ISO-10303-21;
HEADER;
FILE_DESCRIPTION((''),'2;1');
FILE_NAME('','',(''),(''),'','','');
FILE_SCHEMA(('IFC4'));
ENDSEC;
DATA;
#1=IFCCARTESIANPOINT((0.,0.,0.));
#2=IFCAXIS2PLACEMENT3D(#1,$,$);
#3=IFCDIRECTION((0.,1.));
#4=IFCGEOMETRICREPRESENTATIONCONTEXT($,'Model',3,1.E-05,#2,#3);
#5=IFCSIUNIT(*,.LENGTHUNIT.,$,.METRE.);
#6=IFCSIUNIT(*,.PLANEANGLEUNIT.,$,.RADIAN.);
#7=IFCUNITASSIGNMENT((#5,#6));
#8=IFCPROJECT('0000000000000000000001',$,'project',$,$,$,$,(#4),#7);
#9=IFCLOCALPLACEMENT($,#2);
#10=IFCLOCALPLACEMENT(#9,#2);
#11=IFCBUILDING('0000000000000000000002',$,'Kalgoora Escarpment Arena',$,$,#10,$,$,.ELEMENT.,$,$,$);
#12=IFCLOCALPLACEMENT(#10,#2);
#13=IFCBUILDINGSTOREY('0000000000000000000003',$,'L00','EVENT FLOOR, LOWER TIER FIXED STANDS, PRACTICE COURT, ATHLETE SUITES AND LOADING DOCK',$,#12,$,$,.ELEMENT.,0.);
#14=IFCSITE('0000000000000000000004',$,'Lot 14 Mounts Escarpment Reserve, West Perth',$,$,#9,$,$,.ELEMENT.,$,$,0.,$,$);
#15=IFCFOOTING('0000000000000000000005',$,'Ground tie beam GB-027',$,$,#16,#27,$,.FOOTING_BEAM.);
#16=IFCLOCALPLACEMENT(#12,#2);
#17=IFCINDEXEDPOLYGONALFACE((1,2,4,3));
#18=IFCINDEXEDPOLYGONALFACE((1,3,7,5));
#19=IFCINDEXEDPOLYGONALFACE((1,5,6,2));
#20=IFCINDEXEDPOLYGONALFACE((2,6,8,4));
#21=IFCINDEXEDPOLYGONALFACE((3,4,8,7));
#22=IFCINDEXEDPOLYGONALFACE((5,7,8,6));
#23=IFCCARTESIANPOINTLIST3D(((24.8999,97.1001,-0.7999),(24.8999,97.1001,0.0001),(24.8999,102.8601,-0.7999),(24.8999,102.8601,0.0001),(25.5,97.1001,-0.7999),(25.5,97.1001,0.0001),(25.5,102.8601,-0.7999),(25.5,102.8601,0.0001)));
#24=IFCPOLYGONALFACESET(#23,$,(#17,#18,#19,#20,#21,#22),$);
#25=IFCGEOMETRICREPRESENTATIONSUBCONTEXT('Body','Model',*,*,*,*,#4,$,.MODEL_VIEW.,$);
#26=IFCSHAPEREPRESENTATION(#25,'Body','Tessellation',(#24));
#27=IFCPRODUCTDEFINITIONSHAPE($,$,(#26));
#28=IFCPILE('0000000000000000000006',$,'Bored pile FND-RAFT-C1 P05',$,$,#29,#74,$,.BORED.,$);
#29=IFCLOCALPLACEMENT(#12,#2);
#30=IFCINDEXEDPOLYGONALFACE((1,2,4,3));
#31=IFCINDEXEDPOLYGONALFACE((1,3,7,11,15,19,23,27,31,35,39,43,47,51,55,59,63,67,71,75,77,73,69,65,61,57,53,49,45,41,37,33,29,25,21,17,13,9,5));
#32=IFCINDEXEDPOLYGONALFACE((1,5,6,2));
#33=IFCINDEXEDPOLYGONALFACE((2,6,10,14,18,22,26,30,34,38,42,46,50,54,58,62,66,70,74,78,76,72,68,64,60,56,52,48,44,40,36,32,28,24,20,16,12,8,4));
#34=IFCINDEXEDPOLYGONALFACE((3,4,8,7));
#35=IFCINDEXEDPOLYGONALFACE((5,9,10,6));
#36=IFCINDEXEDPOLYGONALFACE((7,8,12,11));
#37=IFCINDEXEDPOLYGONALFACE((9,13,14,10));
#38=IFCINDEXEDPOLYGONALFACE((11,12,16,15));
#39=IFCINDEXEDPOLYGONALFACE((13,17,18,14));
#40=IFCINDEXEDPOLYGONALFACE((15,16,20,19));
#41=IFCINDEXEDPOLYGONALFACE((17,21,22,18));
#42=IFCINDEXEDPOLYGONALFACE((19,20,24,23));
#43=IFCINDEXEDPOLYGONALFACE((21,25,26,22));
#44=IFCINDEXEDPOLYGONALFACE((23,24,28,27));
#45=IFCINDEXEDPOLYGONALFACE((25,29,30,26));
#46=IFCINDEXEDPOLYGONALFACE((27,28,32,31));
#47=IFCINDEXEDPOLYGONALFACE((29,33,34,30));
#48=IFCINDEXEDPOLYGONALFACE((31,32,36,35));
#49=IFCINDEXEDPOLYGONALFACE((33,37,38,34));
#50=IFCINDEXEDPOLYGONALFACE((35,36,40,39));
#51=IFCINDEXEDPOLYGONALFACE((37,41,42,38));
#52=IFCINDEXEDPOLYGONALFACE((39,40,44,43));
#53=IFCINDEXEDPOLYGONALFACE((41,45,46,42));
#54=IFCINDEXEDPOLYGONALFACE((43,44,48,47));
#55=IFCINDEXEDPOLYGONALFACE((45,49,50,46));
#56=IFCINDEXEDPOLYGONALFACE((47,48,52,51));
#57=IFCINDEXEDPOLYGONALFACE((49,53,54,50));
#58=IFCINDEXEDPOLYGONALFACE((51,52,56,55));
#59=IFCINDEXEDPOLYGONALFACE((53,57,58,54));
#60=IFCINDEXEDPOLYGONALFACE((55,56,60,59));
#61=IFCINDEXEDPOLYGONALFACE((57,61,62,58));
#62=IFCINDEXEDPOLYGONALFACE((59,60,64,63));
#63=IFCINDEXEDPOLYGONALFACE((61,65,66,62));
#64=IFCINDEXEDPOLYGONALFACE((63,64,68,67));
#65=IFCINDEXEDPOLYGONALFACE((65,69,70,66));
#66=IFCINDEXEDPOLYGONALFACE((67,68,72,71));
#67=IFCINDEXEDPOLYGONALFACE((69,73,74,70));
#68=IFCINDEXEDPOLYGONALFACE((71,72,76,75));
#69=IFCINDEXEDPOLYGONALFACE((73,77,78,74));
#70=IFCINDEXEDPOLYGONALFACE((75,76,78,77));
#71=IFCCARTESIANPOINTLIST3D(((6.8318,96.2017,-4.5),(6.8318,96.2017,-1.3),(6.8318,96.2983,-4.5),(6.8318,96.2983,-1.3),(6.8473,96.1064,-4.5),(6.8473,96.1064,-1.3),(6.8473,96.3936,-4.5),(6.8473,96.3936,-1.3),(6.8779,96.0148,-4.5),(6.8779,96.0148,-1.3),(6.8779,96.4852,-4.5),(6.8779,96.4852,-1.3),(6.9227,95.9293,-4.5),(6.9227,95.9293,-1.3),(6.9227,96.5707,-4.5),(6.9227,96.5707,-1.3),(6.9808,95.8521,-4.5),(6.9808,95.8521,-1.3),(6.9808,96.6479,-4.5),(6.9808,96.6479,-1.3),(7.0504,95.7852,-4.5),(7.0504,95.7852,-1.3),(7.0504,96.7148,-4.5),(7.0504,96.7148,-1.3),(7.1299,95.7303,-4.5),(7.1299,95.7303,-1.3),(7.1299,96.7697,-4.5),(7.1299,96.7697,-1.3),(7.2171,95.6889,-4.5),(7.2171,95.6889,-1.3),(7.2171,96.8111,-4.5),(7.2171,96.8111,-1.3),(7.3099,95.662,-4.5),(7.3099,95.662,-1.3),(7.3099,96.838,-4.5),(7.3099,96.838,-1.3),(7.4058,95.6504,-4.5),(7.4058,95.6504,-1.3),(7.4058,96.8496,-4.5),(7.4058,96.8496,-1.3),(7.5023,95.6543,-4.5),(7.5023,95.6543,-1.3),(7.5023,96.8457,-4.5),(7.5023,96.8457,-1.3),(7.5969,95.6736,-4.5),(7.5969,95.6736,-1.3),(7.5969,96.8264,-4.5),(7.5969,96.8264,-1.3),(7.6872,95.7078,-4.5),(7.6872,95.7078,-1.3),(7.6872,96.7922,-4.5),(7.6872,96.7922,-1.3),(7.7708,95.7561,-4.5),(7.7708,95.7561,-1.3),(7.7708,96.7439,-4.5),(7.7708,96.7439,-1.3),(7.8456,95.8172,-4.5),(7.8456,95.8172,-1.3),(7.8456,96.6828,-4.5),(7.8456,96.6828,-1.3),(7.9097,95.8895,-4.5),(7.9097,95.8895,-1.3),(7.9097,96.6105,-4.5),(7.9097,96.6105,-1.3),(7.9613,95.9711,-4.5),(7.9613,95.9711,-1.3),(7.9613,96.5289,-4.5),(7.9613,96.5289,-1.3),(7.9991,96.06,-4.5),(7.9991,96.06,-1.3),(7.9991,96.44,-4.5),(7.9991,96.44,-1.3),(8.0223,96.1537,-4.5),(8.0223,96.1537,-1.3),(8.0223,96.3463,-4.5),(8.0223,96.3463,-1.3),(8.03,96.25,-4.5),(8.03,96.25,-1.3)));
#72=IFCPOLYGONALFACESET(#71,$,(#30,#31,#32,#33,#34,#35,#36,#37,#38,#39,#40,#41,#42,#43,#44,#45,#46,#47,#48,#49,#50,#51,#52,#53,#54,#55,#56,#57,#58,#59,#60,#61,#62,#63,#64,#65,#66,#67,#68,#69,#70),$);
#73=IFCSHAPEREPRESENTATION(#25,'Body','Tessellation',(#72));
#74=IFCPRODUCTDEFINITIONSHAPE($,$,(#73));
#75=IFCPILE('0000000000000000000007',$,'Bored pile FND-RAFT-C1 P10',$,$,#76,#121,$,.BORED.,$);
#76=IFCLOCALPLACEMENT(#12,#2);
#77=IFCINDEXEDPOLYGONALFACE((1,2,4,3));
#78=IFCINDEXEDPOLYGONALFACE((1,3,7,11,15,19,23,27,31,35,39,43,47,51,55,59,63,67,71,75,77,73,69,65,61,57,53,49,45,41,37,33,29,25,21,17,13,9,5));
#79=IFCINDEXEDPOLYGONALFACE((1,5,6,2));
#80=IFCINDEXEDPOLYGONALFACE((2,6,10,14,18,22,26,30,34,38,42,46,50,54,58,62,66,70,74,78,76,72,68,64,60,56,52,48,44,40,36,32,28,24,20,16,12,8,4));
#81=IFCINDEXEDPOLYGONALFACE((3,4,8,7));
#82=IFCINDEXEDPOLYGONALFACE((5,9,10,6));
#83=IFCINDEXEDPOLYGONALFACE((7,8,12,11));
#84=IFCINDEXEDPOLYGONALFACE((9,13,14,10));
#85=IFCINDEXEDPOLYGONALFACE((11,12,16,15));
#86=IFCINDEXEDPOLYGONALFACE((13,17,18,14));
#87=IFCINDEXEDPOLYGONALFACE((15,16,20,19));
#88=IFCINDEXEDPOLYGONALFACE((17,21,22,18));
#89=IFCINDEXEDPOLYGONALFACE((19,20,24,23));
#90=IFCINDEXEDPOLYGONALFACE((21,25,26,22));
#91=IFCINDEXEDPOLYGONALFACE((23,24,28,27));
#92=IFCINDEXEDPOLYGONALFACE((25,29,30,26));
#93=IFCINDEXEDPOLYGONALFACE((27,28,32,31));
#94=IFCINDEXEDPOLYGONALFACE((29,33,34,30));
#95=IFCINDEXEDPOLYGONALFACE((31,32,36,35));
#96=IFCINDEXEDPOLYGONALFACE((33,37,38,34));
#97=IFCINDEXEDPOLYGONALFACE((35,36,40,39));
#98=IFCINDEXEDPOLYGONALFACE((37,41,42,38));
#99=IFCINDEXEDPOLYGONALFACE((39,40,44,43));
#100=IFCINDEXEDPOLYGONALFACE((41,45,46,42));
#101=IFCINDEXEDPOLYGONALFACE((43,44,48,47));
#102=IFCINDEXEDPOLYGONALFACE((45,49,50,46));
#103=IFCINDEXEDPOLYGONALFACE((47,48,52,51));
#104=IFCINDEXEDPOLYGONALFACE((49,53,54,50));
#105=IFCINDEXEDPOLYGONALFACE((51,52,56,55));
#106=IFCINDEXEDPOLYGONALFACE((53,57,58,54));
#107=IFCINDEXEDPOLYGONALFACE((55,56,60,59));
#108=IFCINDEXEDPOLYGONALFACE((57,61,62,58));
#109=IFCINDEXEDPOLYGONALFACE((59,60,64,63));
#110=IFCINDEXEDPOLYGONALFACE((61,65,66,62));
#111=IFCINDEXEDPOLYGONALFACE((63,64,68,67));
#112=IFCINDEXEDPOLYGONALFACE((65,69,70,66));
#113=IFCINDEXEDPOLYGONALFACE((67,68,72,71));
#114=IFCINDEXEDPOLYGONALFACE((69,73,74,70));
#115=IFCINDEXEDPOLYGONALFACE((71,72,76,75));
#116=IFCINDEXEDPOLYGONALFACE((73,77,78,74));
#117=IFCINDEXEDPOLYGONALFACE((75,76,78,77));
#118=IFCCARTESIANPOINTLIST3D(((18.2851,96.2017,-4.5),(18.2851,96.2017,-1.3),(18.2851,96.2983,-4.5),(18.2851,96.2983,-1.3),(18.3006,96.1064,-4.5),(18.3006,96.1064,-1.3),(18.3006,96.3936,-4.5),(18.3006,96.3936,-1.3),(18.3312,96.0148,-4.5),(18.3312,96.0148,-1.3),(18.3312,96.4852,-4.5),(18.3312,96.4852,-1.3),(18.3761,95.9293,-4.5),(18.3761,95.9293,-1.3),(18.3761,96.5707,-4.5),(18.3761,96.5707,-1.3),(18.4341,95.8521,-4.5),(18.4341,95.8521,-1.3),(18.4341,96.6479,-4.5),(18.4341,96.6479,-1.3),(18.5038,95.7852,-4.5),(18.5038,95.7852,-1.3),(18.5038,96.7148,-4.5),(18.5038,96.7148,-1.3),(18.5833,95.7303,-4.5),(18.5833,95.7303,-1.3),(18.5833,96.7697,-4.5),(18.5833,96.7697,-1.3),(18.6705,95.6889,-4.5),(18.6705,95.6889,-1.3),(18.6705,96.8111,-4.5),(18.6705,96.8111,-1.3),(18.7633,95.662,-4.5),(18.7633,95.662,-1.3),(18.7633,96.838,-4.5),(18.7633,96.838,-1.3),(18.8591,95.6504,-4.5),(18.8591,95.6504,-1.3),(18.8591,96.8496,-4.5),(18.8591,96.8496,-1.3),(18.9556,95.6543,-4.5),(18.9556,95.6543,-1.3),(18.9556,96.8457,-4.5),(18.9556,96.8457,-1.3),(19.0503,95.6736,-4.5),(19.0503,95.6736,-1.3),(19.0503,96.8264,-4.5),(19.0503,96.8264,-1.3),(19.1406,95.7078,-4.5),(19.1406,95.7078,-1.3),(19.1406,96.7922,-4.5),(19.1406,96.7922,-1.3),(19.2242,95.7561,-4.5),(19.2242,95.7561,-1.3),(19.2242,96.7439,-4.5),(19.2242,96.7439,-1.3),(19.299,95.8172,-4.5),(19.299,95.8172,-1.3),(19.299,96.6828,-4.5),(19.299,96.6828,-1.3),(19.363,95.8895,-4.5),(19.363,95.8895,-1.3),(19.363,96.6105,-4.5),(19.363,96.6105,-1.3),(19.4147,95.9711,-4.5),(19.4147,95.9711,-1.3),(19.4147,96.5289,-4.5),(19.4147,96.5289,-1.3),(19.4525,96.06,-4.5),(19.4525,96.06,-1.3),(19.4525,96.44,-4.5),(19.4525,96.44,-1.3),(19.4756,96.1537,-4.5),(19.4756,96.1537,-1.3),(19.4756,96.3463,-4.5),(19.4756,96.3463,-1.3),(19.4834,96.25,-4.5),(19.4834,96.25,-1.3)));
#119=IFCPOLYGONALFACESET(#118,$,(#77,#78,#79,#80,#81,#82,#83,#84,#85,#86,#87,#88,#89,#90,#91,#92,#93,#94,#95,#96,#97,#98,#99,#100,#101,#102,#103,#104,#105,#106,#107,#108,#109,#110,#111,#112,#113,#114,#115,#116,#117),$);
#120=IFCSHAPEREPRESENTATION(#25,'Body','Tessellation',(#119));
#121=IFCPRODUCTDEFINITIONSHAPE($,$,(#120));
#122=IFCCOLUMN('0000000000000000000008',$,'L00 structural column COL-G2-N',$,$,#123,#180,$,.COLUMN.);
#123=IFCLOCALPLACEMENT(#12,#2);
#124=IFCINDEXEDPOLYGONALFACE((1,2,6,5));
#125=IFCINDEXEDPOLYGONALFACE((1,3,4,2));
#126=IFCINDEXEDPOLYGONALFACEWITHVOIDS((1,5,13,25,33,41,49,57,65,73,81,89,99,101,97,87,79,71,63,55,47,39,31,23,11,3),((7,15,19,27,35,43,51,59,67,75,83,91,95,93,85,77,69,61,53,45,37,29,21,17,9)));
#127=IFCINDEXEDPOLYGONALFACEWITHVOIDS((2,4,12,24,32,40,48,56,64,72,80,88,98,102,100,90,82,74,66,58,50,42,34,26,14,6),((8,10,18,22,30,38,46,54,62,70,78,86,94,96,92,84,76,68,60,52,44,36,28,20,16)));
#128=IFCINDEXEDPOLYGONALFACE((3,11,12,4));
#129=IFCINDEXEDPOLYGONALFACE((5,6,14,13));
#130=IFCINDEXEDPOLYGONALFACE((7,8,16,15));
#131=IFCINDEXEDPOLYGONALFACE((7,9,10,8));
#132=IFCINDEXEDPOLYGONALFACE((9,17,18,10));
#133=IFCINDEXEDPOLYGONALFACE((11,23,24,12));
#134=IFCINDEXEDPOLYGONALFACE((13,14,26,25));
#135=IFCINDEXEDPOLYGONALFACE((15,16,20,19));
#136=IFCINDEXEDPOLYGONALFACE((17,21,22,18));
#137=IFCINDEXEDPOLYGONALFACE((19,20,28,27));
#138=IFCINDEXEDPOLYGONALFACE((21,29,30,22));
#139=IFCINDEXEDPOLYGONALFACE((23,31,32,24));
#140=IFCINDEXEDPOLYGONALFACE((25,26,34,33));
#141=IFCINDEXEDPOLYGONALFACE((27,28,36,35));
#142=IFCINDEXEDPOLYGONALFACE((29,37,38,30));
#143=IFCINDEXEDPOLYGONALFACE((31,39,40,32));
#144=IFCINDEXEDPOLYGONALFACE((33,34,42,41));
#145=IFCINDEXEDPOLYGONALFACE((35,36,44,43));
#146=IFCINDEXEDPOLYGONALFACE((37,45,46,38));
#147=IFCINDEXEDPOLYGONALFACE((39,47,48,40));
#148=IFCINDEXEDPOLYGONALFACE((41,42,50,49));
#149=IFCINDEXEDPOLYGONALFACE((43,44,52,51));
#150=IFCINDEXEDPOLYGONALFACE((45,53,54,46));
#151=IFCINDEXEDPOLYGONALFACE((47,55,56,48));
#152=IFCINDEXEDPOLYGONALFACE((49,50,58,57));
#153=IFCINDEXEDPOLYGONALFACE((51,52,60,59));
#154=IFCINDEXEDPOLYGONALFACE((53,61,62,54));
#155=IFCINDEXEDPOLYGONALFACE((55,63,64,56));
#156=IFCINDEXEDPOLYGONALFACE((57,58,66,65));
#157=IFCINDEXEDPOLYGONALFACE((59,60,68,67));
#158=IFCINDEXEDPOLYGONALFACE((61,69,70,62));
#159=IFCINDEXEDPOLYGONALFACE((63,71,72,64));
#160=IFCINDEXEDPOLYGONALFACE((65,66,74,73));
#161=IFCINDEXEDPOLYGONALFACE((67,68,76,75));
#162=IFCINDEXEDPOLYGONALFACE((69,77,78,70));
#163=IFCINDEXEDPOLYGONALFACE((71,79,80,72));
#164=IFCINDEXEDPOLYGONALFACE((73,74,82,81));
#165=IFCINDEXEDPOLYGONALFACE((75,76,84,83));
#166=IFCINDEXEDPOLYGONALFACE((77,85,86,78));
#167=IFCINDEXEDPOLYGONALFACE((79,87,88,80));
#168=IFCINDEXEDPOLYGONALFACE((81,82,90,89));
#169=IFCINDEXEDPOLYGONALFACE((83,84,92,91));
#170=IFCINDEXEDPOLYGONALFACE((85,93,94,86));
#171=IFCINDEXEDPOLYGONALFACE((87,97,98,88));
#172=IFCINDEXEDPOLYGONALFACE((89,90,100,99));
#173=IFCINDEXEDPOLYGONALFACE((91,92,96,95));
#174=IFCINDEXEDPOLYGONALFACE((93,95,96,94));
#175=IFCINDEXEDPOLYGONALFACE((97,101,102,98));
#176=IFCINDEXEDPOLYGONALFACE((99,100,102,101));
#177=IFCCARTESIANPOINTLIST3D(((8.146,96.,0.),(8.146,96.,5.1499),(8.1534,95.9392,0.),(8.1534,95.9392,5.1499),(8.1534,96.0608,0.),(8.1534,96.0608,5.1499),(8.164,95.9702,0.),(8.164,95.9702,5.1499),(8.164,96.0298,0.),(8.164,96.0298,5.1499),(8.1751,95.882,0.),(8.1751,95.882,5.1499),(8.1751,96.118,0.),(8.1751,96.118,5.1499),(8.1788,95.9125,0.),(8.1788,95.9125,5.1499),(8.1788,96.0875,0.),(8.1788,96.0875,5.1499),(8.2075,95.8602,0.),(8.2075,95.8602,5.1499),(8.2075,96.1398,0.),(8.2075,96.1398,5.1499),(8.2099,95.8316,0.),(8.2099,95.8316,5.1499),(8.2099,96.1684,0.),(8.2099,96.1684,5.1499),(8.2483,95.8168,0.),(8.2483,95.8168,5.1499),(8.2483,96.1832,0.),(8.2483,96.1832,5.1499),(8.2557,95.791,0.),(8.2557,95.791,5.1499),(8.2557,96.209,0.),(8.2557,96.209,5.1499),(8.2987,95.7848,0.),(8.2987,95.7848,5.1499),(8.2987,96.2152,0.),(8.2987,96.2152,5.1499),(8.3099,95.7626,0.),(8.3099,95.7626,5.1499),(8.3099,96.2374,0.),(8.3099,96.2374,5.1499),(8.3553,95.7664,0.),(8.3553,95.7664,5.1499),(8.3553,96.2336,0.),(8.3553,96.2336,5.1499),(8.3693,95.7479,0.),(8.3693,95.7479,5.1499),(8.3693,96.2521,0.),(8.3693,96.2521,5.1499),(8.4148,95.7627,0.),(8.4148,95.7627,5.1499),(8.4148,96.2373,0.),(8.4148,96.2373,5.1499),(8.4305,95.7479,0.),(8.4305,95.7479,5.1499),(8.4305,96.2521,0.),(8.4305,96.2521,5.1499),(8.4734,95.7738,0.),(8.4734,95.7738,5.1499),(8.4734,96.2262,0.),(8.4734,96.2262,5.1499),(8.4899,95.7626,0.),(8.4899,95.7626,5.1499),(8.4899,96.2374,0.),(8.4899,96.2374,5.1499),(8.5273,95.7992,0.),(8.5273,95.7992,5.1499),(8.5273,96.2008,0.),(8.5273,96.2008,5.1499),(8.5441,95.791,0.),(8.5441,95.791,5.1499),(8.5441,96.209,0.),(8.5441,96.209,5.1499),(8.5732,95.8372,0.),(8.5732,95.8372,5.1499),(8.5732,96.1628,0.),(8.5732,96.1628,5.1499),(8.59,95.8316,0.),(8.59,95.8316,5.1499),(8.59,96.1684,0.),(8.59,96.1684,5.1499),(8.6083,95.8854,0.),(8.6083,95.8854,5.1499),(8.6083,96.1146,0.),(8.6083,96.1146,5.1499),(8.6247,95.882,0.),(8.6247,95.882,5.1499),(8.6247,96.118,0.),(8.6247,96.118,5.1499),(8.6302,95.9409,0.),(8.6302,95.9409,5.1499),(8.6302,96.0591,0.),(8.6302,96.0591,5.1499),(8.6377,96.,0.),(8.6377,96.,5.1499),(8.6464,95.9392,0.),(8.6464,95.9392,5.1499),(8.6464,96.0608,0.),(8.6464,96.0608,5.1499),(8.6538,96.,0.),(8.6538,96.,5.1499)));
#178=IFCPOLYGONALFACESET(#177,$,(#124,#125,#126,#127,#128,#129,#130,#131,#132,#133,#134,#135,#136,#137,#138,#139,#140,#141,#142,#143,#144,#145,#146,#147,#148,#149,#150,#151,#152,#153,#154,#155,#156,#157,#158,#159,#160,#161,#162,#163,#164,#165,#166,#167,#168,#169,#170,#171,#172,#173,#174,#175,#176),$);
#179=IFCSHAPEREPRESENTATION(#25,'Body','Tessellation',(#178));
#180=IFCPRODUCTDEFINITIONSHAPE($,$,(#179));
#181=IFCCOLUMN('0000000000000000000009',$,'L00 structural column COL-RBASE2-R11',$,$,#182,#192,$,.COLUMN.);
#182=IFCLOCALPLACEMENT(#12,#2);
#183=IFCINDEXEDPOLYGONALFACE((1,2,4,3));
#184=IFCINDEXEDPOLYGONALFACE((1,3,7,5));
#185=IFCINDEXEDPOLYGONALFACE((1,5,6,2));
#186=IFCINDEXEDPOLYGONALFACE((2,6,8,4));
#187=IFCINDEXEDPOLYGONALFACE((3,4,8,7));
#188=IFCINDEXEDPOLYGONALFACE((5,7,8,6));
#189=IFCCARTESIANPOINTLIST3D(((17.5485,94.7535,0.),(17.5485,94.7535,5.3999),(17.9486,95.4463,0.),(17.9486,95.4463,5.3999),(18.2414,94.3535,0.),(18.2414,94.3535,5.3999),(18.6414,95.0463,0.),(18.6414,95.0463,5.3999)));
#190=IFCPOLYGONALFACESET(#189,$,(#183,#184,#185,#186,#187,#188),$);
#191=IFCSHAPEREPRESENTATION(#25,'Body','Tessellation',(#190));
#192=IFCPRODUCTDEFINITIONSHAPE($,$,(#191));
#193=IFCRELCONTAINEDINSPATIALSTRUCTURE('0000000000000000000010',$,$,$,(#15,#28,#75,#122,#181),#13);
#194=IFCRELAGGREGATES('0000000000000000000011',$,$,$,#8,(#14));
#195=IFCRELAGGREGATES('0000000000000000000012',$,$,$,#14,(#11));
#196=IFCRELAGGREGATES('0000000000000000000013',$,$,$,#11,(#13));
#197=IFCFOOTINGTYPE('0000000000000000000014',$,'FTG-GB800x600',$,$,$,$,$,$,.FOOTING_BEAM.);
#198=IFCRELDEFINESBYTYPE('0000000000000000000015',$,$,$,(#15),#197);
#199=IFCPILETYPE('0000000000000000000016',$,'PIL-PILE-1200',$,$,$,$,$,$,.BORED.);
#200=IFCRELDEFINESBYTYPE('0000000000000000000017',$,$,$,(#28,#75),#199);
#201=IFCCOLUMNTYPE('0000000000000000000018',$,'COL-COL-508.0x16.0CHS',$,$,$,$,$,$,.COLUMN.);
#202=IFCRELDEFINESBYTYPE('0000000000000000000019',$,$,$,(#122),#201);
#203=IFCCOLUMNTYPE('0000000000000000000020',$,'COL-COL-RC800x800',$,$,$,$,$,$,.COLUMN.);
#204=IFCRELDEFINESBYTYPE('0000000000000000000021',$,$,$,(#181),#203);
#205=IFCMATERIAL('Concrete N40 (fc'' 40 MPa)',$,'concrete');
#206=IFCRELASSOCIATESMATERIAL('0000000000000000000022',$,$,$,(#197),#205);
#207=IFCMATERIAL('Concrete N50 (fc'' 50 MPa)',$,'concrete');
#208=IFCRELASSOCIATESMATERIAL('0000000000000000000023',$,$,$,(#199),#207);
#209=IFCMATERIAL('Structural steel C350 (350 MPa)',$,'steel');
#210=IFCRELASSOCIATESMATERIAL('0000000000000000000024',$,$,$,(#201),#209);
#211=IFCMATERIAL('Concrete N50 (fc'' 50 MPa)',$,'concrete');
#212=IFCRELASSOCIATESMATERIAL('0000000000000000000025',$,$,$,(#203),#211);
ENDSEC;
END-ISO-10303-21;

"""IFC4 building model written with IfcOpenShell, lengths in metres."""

from ifc_helpers import new_model, si_unit, direction, frame, origin, origin_2d, place, context, subcontext, project, spatial, rectangle, circle, hollow_circle, extrude, material, material_profile, profile_set, type_object, element, save


model = new_model("IFC4")

# Units and contexts
model_context = context("Model", 3, precision=1e-05, world=origin(), true_north=direction((0.0, 1.0)))
body_context = subcontext(model_context, "Body", "Model", "MODEL_VIEW")
ifc_project = project(units=[si_unit("LENGTHUNIT", "METRE"), si_unit("PLANEANGLEUNIT", "RADIAN")], contexts=[model_context])

# Site, building, storey
site_placement = place(None, origin())
site = spatial("IfcSite", under=ifc_project, at=site_placement, Name="Lot 14 Mounts Escarpment Reserve, West Perth", CompositionType="ELEMENT", RefElevation=0.0)
building_placement = place(site_placement, origin())
building = spatial("IfcBuilding", under=site, at=building_placement, Name="Kalgoora Escarpment Arena", CompositionType="ELEMENT")
storey_placement = place(building_placement, origin())
storey = spatial("IfcBuildingStorey", under=building, at=storey_placement, Name="L00", Description="EVENT FLOOR, LOWER TIER FIXED STANDS, PRACTICE COURT, ATHLETE SUITES AND LOADING DOCK", CompositionType="ELEMENT", Elevation=0.0)

# Footing
ifc_material_1 = material(Name="Concrete N40 (fc' 40 MPa)", Category="concrete")
ifc_material_profile_1 = material_profile(ifc_material_1, rectangle(XDim=0.6001, YDim=0.8, at=origin_2d()))
ifc_profile_set_1 = profile_set([ifc_material_profile_1], Name="Concrete N40 (fc' 40 MPa)")
footing_type = type_object("IfcFootingType", Name="FTG-GB800x600", PredefinedType="FOOTING_BEAM", material=ifc_profile_set_1)
footing_placement = place(storey_placement, frame((25.2, 97.1001, -0.3999), z_axis=(0.0, 1.0, 0.0), x_axis=(-1.0, 0.0, 0.0)))
element("IfcFooting", 1, at=footing_placement, inside=storey, type_object=footing_type, Name="Ground tie beam GB-027", PredefinedType="FOOTING_BEAM", context=body_context, shape_type="SweptSolid", body=[
    extrude(rectangle(XDim=0.6001, YDim=0.8, at=origin_2d()), origin(), (0.0, 0.0, 1.0), 5.76),
])

# Piles
ifc_material_2 = material(Name="Concrete N50 (fc' 50 MPa)", Category="concrete")
ifc_material_profile_2 = material_profile(ifc_material_2, circle(Radius=0.6001, at=origin_2d()))
ifc_profile_set_2 = profile_set([ifc_material_profile_2], Name="Concrete N50 (fc' 50 MPa)")
pile_type = type_object("IfcPileType", Name="PIL-PILE-1200", PredefinedType="BORED", material=ifc_profile_set_2)
for number, where, z_axis, x_axis, name in (
    (2, (7.4299, 96.25, -1.3), (0.0, 0.0, -1.0), (1.0, 0.0, 0.0), "Bored pile FND-RAFT-C1 P05"),
    (3, (18.8833, 96.25, -1.3), (0.0, 0.0, -1.0), (1.0, 0.0, 0.0), "Bored pile FND-RAFT-C1 P10"),
):
    element("IfcPile", number, at=place(storey_placement, frame(where, z_axis=z_axis, x_axis=x_axis)), inside=storey, type_object=pile_type, Name=name, PredefinedType="BORED", context=body_context, shape_type="SweptSolid", body=[
        extrude(circle(Radius=0.6001, at=origin_2d()), origin(), (0.0, 0.0, 1.0), 3.2),
    ])

# Columns
ifc_material_3 = material(Name="Structural steel C350 (350 MPa)", Category="steel")
ifc_material_profile_3 = material_profile(ifc_material_3, hollow_circle(Radius=0.2539, WallThickness=0.0161, at=origin_2d()))
ifc_profile_set_3 = profile_set([ifc_material_profile_3], Name="Structural steel C350 (350 MPa)")
column_type_1 = type_object("IfcColumnType", Name="COL-COL-508.0x16.0CHS", PredefinedType="COLUMN", material=ifc_profile_set_3)
column_1_placement = place(storey_placement, frame((8.3999, 96.0, 0.0), z_axis=(0.0, 0.0, 1.0), x_axis=(1.0, 0.0, 0.0)))
element("IfcColumn", 4, at=column_1_placement, inside=storey, type_object=column_type_1, Name="L00 structural column COL-G2-N", PredefinedType="COLUMN", context=body_context, shape_type="SweptSolid", body=[
    extrude(hollow_circle(Radius=0.2539, WallThickness=0.0161, at=origin_2d()), origin(), (0.0, 0.0, 1.0), 5.1499),
])
ifc_material_4 = material(Name="Concrete N50 (fc' 50 MPa)", Category="concrete")
ifc_material_profile_4 = material_profile(ifc_material_4, rectangle(XDim=0.8, YDim=0.8, at=origin_2d()))
ifc_profile_set_4 = profile_set([ifc_material_profile_4], Name="Concrete N50 (fc' 50 MPa)")
column_type_2 = type_object("IfcColumnType", Name="COL-COL-RC800x800", PredefinedType="COLUMN", material=ifc_profile_set_4)
column_2_placement = place(storey_placement, frame((18.095, 94.8999, 0.0), z_axis=(0.0, 0.0, 1.0), x_axis=(-0.866025, 0.5, 0.0)))
element("IfcColumn", 5, at=column_2_placement, inside=storey, type_object=column_type_2, Name="L00 structural column COL-RBASE2-R11", PredefinedType="COLUMN", context=body_context, shape_type="SweptSolid", body=[
    extrude(rectangle(XDim=0.8, YDim=0.8, at=origin_2d()), origin(), (0.0, 0.0, 1.0), 5.3999),
])

save(model, "model.ifc")
